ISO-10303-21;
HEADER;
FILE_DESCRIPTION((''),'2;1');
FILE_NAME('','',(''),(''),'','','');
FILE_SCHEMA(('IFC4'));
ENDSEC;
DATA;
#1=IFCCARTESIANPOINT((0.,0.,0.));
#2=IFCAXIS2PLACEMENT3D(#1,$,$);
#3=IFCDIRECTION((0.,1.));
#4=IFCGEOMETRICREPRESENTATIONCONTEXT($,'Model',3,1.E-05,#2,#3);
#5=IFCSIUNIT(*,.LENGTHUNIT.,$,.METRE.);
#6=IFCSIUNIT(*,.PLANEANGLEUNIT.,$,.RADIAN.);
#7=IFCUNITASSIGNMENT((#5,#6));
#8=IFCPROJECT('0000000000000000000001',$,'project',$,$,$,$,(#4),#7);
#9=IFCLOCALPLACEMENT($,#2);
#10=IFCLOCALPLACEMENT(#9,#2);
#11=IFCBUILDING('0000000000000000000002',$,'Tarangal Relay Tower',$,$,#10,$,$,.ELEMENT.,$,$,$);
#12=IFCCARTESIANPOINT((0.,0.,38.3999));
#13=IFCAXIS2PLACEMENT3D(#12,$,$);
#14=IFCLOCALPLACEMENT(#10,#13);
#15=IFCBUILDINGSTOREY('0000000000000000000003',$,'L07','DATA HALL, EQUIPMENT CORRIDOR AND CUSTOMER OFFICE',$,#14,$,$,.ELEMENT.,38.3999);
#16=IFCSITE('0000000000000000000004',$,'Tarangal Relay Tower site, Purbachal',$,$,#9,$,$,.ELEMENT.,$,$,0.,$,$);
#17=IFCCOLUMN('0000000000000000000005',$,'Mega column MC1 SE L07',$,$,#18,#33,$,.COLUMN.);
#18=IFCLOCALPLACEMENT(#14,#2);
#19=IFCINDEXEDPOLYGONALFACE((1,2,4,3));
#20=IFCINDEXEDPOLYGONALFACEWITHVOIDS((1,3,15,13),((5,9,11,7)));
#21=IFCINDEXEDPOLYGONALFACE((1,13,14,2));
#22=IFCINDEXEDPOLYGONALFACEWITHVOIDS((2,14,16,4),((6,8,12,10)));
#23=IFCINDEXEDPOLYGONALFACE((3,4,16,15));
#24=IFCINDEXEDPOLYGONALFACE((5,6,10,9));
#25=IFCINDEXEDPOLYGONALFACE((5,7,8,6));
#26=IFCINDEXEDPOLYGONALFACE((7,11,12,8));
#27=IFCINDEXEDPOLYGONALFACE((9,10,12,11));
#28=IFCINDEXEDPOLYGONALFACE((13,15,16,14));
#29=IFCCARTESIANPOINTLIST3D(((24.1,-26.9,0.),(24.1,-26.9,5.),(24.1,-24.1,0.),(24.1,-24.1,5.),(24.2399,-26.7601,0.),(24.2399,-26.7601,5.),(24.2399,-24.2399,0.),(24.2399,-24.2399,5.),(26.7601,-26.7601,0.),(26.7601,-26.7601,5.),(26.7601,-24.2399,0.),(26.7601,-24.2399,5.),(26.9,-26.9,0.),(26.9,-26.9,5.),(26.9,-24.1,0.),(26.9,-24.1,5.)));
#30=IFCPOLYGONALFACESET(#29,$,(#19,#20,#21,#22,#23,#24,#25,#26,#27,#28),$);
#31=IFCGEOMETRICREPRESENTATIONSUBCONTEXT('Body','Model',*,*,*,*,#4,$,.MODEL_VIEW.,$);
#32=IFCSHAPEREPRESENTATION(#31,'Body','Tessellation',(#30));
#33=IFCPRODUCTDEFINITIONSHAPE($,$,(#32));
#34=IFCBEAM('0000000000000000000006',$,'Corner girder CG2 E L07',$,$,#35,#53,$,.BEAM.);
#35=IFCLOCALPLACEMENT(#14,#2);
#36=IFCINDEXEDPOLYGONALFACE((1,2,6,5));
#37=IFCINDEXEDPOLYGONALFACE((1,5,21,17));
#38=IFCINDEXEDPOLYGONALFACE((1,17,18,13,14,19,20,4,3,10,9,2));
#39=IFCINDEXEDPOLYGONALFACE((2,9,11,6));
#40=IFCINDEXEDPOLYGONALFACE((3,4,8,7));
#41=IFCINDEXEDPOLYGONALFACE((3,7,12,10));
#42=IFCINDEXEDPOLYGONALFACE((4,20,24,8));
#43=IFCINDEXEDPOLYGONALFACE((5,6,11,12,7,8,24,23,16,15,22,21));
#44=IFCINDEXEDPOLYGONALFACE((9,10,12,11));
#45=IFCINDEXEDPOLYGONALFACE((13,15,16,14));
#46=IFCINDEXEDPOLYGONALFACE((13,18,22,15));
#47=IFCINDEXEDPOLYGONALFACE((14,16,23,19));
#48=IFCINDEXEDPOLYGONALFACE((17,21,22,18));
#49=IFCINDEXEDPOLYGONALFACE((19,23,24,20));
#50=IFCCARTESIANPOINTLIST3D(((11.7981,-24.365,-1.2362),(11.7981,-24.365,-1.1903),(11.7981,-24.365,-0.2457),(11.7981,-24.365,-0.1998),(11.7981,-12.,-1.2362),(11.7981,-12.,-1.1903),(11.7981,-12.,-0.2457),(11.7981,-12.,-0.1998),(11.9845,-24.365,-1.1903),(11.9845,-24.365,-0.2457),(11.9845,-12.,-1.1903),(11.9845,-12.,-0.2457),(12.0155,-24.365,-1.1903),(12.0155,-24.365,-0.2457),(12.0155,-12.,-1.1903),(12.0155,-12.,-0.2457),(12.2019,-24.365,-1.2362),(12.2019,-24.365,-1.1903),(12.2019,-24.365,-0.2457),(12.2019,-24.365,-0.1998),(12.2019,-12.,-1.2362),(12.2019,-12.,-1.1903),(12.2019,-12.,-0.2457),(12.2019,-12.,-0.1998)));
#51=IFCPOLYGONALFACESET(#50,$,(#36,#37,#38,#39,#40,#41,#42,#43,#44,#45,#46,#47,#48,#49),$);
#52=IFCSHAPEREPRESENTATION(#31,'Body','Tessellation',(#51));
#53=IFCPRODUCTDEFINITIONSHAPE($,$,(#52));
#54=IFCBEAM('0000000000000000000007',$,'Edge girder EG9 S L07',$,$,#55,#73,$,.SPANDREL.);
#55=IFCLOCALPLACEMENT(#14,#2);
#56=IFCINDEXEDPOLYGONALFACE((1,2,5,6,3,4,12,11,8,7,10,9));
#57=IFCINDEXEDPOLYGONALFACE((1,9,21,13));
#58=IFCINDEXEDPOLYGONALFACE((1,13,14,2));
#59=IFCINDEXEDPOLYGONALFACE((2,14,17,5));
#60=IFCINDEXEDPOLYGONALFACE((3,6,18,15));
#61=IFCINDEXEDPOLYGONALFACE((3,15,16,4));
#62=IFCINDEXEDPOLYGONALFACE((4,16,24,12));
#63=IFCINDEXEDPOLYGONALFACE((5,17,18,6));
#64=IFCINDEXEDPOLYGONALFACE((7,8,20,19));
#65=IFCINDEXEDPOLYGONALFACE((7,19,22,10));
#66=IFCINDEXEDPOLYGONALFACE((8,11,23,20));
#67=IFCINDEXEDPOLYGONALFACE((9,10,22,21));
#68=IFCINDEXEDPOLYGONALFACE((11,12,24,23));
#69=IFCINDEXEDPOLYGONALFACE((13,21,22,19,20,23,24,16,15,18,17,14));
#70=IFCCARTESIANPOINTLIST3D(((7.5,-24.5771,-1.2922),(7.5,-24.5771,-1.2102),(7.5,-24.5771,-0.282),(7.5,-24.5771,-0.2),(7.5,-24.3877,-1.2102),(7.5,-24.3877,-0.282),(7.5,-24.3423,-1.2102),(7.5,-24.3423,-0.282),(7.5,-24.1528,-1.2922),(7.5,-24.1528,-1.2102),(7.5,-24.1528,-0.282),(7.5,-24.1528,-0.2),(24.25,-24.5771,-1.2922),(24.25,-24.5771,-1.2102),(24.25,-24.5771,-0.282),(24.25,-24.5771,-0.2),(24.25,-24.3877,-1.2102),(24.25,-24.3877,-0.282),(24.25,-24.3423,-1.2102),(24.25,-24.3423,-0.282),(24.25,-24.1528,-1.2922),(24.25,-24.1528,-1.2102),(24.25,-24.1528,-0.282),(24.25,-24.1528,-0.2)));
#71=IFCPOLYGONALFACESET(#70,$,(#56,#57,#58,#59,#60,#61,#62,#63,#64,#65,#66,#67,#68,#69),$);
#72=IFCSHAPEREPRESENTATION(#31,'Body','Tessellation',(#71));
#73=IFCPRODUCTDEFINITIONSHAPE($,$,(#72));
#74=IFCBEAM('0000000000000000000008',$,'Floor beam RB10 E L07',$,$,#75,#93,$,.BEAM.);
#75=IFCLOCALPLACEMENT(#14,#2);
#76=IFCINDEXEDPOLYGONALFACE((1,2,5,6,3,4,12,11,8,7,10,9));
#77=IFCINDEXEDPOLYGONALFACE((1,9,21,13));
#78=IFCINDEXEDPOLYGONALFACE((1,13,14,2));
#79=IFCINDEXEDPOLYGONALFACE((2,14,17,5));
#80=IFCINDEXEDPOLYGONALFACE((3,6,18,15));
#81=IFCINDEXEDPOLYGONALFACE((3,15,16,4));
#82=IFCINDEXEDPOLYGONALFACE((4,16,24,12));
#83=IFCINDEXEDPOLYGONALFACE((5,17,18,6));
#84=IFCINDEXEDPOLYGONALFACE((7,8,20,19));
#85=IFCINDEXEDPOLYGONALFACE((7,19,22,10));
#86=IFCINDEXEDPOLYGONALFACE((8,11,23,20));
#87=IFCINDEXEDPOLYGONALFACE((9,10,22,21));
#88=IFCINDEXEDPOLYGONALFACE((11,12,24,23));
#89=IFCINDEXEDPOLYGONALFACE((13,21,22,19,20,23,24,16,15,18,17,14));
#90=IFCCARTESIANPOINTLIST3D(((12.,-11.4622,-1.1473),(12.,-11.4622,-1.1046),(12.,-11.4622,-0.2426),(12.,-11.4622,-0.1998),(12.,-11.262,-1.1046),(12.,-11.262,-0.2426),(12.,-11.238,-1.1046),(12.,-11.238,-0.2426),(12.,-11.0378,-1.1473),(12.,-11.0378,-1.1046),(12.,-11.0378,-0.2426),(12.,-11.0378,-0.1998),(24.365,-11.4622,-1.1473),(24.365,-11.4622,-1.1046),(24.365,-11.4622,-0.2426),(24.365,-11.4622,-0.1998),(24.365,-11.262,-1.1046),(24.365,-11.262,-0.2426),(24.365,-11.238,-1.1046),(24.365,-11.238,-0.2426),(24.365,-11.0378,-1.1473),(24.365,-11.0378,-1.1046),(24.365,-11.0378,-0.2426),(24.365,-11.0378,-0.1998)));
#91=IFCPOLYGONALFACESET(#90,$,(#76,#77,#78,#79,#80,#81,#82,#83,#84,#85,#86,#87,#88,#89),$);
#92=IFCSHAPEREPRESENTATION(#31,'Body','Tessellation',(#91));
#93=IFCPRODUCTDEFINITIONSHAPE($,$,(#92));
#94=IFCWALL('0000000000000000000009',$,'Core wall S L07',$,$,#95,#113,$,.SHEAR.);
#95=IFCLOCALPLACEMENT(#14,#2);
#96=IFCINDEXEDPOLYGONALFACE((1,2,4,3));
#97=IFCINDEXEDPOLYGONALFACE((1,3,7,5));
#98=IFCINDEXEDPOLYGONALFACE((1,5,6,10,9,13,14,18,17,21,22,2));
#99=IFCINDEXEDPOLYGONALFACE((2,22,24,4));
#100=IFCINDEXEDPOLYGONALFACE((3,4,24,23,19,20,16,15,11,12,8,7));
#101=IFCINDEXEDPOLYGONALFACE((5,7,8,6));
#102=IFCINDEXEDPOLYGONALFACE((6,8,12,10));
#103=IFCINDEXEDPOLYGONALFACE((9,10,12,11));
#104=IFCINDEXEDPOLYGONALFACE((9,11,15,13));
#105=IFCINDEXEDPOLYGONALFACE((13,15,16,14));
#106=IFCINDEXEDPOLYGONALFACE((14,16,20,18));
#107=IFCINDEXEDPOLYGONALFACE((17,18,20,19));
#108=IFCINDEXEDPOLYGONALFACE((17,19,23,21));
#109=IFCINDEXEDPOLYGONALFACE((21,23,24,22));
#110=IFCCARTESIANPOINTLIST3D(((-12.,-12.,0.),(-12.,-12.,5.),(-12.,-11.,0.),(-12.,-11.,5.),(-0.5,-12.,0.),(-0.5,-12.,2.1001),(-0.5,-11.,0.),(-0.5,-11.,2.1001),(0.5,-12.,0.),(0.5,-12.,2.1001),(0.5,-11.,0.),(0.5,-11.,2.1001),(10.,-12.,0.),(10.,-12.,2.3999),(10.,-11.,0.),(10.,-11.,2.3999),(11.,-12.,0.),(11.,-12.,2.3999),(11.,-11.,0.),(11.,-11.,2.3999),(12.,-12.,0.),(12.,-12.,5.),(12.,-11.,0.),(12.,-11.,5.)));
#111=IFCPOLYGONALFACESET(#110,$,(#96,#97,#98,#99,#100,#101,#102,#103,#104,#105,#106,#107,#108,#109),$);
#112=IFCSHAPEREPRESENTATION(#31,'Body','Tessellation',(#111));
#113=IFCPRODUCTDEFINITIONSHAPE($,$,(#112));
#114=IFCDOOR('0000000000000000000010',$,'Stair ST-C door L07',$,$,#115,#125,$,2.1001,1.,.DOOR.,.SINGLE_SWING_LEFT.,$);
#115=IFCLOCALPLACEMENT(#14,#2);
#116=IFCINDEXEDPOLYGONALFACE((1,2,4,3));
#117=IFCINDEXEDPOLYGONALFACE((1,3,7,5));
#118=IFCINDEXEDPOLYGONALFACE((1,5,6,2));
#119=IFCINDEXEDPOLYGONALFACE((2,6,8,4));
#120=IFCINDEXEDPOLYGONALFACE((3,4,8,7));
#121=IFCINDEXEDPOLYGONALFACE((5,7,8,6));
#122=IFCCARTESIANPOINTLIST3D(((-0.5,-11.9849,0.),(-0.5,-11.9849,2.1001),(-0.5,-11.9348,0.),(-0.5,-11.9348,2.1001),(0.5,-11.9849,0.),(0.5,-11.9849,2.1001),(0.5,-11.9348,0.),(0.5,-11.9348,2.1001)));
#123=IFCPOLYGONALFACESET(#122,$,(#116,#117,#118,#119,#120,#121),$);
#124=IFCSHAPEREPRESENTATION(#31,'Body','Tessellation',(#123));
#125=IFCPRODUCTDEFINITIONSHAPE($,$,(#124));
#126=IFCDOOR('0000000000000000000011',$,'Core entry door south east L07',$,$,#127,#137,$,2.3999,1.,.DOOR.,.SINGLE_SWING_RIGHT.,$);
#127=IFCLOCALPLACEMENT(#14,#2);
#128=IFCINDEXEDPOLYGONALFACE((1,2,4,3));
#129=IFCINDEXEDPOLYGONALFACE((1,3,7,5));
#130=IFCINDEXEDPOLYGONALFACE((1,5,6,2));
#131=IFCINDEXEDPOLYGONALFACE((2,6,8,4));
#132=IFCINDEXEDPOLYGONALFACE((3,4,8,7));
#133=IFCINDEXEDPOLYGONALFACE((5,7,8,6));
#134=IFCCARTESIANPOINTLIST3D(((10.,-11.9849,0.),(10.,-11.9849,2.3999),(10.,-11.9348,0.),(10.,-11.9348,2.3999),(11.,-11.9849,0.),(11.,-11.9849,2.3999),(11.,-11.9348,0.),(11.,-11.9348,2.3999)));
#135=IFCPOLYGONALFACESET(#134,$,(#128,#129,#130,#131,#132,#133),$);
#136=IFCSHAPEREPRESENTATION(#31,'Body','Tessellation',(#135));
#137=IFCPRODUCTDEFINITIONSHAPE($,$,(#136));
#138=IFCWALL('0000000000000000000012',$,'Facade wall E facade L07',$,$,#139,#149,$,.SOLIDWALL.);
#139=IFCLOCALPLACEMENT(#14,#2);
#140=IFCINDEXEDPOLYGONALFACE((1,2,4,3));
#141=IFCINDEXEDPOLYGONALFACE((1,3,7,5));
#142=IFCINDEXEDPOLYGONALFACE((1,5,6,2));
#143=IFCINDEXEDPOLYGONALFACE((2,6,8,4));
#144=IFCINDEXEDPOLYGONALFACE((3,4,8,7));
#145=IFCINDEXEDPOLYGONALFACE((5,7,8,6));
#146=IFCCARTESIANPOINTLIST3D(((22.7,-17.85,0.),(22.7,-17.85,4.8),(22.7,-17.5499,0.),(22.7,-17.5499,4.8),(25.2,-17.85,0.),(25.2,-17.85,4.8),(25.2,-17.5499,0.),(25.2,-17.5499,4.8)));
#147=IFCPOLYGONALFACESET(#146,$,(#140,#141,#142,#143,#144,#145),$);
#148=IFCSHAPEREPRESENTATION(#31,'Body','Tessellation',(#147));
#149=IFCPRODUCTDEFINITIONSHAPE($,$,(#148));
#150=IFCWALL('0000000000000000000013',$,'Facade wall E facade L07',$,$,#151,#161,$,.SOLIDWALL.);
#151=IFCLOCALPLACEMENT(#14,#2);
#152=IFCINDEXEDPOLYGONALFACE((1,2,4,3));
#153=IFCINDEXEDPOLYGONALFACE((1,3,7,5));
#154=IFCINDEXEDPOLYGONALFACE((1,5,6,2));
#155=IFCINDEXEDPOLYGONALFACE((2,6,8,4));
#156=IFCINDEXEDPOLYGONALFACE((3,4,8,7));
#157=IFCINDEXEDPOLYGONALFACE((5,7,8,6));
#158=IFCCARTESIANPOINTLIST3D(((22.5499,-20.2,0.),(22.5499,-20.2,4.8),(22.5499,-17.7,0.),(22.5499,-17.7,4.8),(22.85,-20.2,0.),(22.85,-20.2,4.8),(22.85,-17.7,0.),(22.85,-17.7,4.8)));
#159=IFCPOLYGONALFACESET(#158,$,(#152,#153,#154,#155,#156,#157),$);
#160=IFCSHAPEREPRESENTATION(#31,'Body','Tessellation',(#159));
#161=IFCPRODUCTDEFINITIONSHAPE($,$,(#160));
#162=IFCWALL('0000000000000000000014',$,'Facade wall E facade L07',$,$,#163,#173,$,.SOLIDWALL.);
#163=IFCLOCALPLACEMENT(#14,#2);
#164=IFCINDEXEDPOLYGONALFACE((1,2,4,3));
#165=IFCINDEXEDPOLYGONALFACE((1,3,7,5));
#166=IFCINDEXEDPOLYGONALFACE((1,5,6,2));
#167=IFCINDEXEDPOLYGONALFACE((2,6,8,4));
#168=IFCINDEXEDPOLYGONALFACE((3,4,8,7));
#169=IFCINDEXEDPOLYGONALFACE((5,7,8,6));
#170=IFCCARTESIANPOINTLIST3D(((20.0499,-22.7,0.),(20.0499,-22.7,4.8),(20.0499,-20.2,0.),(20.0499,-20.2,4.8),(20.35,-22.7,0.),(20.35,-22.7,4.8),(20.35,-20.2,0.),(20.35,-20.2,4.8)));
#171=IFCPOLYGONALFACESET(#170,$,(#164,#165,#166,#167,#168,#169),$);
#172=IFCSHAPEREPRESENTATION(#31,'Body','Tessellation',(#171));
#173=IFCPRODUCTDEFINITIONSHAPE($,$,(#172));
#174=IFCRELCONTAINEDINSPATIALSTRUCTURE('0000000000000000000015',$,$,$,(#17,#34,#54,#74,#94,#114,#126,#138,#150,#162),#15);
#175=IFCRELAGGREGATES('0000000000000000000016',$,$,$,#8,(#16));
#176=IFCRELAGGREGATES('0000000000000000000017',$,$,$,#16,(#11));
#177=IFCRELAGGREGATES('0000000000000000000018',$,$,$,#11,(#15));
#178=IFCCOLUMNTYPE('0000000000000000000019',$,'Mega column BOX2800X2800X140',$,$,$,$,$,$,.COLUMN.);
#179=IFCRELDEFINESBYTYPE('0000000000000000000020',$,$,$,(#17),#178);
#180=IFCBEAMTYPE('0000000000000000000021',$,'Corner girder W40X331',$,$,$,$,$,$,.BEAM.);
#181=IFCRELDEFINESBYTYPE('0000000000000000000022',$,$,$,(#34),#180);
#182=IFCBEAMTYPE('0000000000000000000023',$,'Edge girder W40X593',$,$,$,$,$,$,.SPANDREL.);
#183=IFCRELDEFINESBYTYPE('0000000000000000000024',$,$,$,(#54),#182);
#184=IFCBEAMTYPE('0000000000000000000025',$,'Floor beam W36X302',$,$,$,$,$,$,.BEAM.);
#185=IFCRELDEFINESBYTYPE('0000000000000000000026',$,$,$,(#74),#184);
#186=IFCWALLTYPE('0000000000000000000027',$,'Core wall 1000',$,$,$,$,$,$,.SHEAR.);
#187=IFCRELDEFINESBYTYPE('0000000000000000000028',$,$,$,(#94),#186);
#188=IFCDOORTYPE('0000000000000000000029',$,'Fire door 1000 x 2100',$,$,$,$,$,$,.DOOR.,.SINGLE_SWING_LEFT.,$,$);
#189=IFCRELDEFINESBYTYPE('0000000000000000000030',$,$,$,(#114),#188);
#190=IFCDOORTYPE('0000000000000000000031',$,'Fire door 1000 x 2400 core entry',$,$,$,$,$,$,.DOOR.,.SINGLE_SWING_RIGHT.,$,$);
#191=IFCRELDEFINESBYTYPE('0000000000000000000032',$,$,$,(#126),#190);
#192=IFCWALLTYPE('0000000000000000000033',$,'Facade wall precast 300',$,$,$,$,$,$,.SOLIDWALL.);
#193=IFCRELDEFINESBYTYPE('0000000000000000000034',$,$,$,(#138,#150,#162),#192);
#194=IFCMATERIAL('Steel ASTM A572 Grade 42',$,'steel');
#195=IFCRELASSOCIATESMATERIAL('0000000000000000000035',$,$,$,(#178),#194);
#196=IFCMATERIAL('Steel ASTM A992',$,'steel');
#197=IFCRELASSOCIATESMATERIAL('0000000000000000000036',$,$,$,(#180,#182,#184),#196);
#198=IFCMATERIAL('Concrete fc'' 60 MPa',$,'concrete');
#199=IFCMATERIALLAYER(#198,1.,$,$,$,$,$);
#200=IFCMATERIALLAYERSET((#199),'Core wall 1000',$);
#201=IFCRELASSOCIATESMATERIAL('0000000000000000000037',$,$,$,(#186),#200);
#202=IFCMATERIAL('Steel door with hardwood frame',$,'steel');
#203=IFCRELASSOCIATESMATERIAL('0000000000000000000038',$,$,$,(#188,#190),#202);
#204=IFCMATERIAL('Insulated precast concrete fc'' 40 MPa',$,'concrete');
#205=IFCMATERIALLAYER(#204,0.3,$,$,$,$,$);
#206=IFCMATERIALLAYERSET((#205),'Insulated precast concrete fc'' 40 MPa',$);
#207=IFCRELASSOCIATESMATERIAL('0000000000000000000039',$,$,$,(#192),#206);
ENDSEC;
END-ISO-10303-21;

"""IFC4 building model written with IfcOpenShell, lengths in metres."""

from ifc_helpers import new_model, si_unit, direction, frame, frame_2d, origin, origin_2d, place, context, subcontext, project, spatial, rectangle, hollow_rectangle, i_section, extrude, material, layer, layer_set, material_profile, profile_set, type_object, element, fill, save


model = new_model("IFC4")

# Units and contexts
model_context = context("Model", 3, precision=1e-05, world=origin(), true_north=direction((0.0, 1.0)))
body_context = subcontext(model_context, "Body", "Model", "MODEL_VIEW")
ifc_project = project(units=[si_unit("LENGTHUNIT", "METRE"), si_unit("PLANEANGLEUNIT", "RADIAN")], contexts=[model_context])

# Site, building, storey
site_placement = place(None, origin())
site = spatial("IfcSite", under=ifc_project, at=site_placement, Name="Tarangal Relay Tower site, Purbachal", CompositionType="ELEMENT", RefElevation=0.0)
building_placement = place(site_placement, origin())
building = spatial("IfcBuilding", under=site, at=building_placement, Name="Tarangal Relay Tower", CompositionType="ELEMENT")
storey_placement = place(building_placement, frame((0.0, 0.0, 38.3999)))
storey = spatial("IfcBuildingStorey", under=building, at=storey_placement, Name="L07", Description="DATA HALL, EQUIPMENT CORRIDOR AND CUSTOMER OFFICE", CompositionType="ELEMENT", Elevation=38.3999)

# Column
ifc_material_1 = material(Name="Steel ASTM A572 Grade 42", Category="steel")
ifc_material_profile_1 = material_profile(ifc_material_1, hollow_rectangle(XDim=2.8, YDim=2.8, WallThickness=0.1399, at=origin_2d()), Name="BOX2800X2800X140")
ifc_profile_set_1 = profile_set([ifc_material_profile_1], Name="Steel ASTM A572 Grade 42")
column_type = type_object("IfcColumnType", Name="Mega column BOX2800X2800X140", PredefinedType="COLUMN", material=ifc_profile_set_1)
column_placement = place(storey_placement, frame((25.5, -25.5, 0.0), z_axis=(0.0, 0.0, 1.0), x_axis=(1.0, 0.0, 0.0)))
element("IfcColumn", 1, at=column_placement, inside=storey, type_object=column_type, Name="Mega column MC1 SE L07", PredefinedType="COLUMN", context=body_context, shape_type="SweptSolid", body=[
    extrude(hollow_rectangle(XDim=2.8, YDim=2.8, WallThickness=0.1399, at=origin_2d()), origin(), (0.0, 0.0, 1.0), 5.0),
])

# Beams
ifc_material_2 = material(Name="Steel ASTM A992", Category="steel")
ifc_material_profile_2 = material_profile(ifc_material_2, i_section(OverallWidth=0.4038, OverallDepth=1.0364, WebThickness=0.031, FlangeThickness=0.0459, at=origin_2d()), Name="W40X331")
ifc_profile_set_2 = profile_set([ifc_material_profile_2], Name="Steel ASTM A992")
beam_type_1 = type_object("IfcBeamType", Name="Corner girder W40X331", PredefinedType="BEAM", material=ifc_profile_set_2)
beam_1_placement = place(storey_placement, frame((12.0, -12.0, -0.718), z_axis=(0.0, -1.0, 0.0), x_axis=(1.0, 0.0, 0.0)))
element("IfcBeam", 2, at=beam_1_placement, inside=storey, type_object=beam_type_1, Name="Corner girder CG2 E L07", PredefinedType="BEAM", context=body_context, shape_type="SweptSolid", body=[
    extrude(i_section(OverallWidth=0.4038, OverallDepth=1.0364, WebThickness=0.031, FlangeThickness=0.0459, at=origin_2d()), origin(), (0.0, 0.0, 1.0), 12.365),
])
ifc_material_profile_3 = material_profile(ifc_material_2, i_section(OverallWidth=0.4243, OverallDepth=1.0923, WebThickness=0.0454, FlangeThickness=0.082, at=origin_2d()), Name="W40X593")
ifc_profile_set_3 = profile_set([ifc_material_profile_3], Name="Steel ASTM A992")
beam_type_2 = type_object("IfcBeamType", Name="Edge girder W40X593", PredefinedType="SPANDREL", material=ifc_profile_set_3)
beam_2_placement = place(storey_placement, frame((24.25, -24.365, -0.7461), z_axis=(-1.0, 0.0, 0.0), x_axis=(0.0, -1.0, 0.0)))
element("IfcBeam", 3, at=beam_2_placement, inside=storey, type_object=beam_type_2, Name="Edge girder EG9 S L07", PredefinedType="SPANDREL", context=body_context, shape_type="SweptSolid", body=[
    extrude(i_section(OverallWidth=0.4243, OverallDepth=1.0923, WebThickness=0.0454, FlangeThickness=0.082, at=origin_2d()), origin(), (0.0, 0.0, 1.0), 16.75),
])
ifc_material_profile_4 = material_profile(ifc_material_2, i_section(OverallWidth=0.4243, OverallDepth=0.9475, WebThickness=0.0239, FlangeThickness=0.0427, at=origin_2d()), Name="W36X302")
ifc_profile_set_4 = profile_set([ifc_material_profile_4], Name="Steel ASTM A992")
beam_type_3 = type_object("IfcBeamType", Name="Floor beam W36X302", PredefinedType="BEAM", material=ifc_profile_set_4)
beam_3_placement = place(storey_placement, frame((12.0, -11.25, -0.6736), z_axis=(1.0, 0.0, 0.0), x_axis=(0.0, 1.0, 0.0)))
element("IfcBeam", 4, at=beam_3_placement, inside=storey, type_object=beam_type_3, Name="Floor beam RB10 E L07", PredefinedType="BEAM", context=body_context, shape_type="SweptSolid", body=[
    extrude(i_section(OverallWidth=0.4243, OverallDepth=0.9475, WebThickness=0.0239, FlangeThickness=0.0427, at=origin_2d()), origin(), (0.0, 0.0, 1.0), 12.365),
])

# Wall, openings, doors
ifc_material_3 = material(Name="Concrete fc' 60 MPa", Category="concrete")
ifc_layer_1 = layer(ifc_material_3, 1.0)
ifc_layer_set_1 = layer_set([ifc_layer_1], Name="Core wall 1000")
wall_type_1 = type_object("IfcWallType", Name="Core wall 1000", PredefinedType="SHEAR", material=ifc_layer_set_1)
wall_1_placement = place(storey_placement, frame((12.0, -11.5, 0.0), z_axis=(0.0, 0.0, 1.0), x_axis=(-1.0, 0.0, 0.0)))
wall_1 = element("IfcWall", 5, at=wall_1_placement, inside=storey, type_object=wall_type_1, Name="Core wall S L07", PredefinedType="SHEAR", context=body_context, shape_type="SweptSolid", body=[
    extrude(rectangle(XDim=24.0, YDim=1.0, at=frame_2d((12.0, 0.0))), origin(), (0.0, 0.0, 1.0), 5.0),
])
opening_1_placement = place(wall_1_placement, frame((11.5, 0.0, 0.0)))
opening_1 = element("IfcOpeningElement", 6, at=opening_1_placement, cuts=wall_1, PredefinedType="OPENING", context=body_context, shape_type="SweptSolid", body=[
    extrude(rectangle(XDim=1.0, YDim=2.1001, at=frame_2d((0.5, 1.05))), frame((0.0, 0.51, 0.0), z_axis=(0.0, -1.0, 0.0), x_axis=(1.0, 0.0, 0.0)), (0.0, 0.0, 1.0), 1.02),
])
opening_2_placement = place(wall_1_placement, frame((1.0, 0.0, 0.0)))
opening_2 = element("IfcOpeningElement", 7, at=opening_2_placement, cuts=wall_1, PredefinedType="OPENING", context=body_context, shape_type="SweptSolid", body=[
    extrude(rectangle(XDim=1.0, YDim=2.3999, at=frame_2d((0.5, 1.2))), frame((0.0, 0.51, 0.0), z_axis=(0.0, -1.0, 0.0), x_axis=(1.0, 0.0, 0.0)), (0.0, 0.0, 1.0), 1.02),
])
ifc_material_4 = material(Name="Steel door with hardwood frame", Category="steel")
door_type_1 = type_object("IfcDoorType", Name="Fire door 1000 x 2100", OperationType="SINGLE_SWING_LEFT", PredefinedType="DOOR", material=ifc_material_4)
door_1_placement = place(opening_1_placement, origin())
door_1 = element("IfcDoor", 8, at=door_1_placement, inside=storey, type_object=door_type_1, Name="Stair ST-C door L07", OperationType="SINGLE_SWING_LEFT", OverallHeight=2.1001, OverallWidth=1.0, PredefinedType="DOOR", context=body_context, shape_type="SweptSolid", body=[
    extrude(rectangle(XDim=1.0, YDim=2.1001, at=frame_2d((0.5, 1.05))), frame((0.0, 0.4849, 0.0), z_axis=(0.0, -1.0, 0.0), x_axis=(1.0, 0.0, 0.0)), (0.0, 0.0, 1.0), 0.05),
])
fill(opening_1, door_1)
door_type_2 = type_object("IfcDoorType", Name="Fire door 1000 x 2400 core entry", OperationType="SINGLE_SWING_RIGHT", PredefinedType="DOOR", material=ifc_material_4)
door_2_placement = place(opening_2_placement, origin())
door_2 = element("IfcDoor", 9, at=door_2_placement, inside=storey, type_object=door_type_2, Name="Core entry door south east L07", OperationType="SINGLE_SWING_RIGHT", OverallHeight=2.3999, OverallWidth=1.0, PredefinedType="DOOR", context=body_context, shape_type="SweptSolid", body=[
    extrude(rectangle(XDim=1.0, YDim=2.3999, at=frame_2d((0.5, 1.2))), frame((0.0, 0.4849, 0.0), z_axis=(0.0, -1.0, 0.0), x_axis=(1.0, 0.0, 0.0)), (0.0, 0.0, 1.0), 0.05),
])
fill(opening_2, door_2)

# Walls
ifc_material_5 = material(Name="Insulated precast concrete fc' 40 MPa", Category="concrete")
ifc_layer_2 = layer(ifc_material_5, 0.3)
ifc_layer_set_2 = layer_set([ifc_layer_2], Name="Insulated precast concrete fc' 40 MPa")
wall_type_2 = type_object("IfcWallType", Name="Facade wall precast 300", PredefinedType="SOLIDWALL", material=ifc_layer_set_2)
for number, where, z_axis, x_axis, name in (
    (10, (25.2, -17.7, 0.0), (0.0, 0.0, 1.0), (-1.0, 0.0, 0.0), "Facade wall E facade L07"),
    (11, (22.7, -17.7, 0.0), (0.0, 0.0, 1.0), (0.0, -1.0, 0.0), "Facade wall E facade L07"),
):
    element("IfcWall", number, at=place(storey_placement, frame(where, z_axis=z_axis, x_axis=x_axis)), inside=storey, type_object=wall_type_2, Name=name, PredefinedType="SOLIDWALL", context=body_context, shape_type="SweptSolid", body=[
        extrude(rectangle(XDim=2.5, YDim=0.3, at=frame_2d((1.25, 0.0))), origin(), (0.0, 0.0, 1.0), 4.8),
    ])

# Wall
for number, where, z_axis, x_axis, name in (
    (12, (20.2, -20.2, 0.0), (0.0, 0.0, 1.0), (0.0, -1.0, 0.0), "Facade wall E facade L07"),
):
    element("IfcWall", number, at=place(storey_placement, frame(where, z_axis=z_axis, x_axis=x_axis)), inside=storey, type_object=wall_type_2, Name=name, PredefinedType="SOLIDWALL", context=body_context, shape_type="SweptSolid", body=[
        extrude(rectangle(XDim=2.5, YDim=0.3, at=frame_2d((1.25, 0.0))), origin(), (0.0, 0.0, 1.0), 4.8),
    ])

save(model, "model.ifc")
